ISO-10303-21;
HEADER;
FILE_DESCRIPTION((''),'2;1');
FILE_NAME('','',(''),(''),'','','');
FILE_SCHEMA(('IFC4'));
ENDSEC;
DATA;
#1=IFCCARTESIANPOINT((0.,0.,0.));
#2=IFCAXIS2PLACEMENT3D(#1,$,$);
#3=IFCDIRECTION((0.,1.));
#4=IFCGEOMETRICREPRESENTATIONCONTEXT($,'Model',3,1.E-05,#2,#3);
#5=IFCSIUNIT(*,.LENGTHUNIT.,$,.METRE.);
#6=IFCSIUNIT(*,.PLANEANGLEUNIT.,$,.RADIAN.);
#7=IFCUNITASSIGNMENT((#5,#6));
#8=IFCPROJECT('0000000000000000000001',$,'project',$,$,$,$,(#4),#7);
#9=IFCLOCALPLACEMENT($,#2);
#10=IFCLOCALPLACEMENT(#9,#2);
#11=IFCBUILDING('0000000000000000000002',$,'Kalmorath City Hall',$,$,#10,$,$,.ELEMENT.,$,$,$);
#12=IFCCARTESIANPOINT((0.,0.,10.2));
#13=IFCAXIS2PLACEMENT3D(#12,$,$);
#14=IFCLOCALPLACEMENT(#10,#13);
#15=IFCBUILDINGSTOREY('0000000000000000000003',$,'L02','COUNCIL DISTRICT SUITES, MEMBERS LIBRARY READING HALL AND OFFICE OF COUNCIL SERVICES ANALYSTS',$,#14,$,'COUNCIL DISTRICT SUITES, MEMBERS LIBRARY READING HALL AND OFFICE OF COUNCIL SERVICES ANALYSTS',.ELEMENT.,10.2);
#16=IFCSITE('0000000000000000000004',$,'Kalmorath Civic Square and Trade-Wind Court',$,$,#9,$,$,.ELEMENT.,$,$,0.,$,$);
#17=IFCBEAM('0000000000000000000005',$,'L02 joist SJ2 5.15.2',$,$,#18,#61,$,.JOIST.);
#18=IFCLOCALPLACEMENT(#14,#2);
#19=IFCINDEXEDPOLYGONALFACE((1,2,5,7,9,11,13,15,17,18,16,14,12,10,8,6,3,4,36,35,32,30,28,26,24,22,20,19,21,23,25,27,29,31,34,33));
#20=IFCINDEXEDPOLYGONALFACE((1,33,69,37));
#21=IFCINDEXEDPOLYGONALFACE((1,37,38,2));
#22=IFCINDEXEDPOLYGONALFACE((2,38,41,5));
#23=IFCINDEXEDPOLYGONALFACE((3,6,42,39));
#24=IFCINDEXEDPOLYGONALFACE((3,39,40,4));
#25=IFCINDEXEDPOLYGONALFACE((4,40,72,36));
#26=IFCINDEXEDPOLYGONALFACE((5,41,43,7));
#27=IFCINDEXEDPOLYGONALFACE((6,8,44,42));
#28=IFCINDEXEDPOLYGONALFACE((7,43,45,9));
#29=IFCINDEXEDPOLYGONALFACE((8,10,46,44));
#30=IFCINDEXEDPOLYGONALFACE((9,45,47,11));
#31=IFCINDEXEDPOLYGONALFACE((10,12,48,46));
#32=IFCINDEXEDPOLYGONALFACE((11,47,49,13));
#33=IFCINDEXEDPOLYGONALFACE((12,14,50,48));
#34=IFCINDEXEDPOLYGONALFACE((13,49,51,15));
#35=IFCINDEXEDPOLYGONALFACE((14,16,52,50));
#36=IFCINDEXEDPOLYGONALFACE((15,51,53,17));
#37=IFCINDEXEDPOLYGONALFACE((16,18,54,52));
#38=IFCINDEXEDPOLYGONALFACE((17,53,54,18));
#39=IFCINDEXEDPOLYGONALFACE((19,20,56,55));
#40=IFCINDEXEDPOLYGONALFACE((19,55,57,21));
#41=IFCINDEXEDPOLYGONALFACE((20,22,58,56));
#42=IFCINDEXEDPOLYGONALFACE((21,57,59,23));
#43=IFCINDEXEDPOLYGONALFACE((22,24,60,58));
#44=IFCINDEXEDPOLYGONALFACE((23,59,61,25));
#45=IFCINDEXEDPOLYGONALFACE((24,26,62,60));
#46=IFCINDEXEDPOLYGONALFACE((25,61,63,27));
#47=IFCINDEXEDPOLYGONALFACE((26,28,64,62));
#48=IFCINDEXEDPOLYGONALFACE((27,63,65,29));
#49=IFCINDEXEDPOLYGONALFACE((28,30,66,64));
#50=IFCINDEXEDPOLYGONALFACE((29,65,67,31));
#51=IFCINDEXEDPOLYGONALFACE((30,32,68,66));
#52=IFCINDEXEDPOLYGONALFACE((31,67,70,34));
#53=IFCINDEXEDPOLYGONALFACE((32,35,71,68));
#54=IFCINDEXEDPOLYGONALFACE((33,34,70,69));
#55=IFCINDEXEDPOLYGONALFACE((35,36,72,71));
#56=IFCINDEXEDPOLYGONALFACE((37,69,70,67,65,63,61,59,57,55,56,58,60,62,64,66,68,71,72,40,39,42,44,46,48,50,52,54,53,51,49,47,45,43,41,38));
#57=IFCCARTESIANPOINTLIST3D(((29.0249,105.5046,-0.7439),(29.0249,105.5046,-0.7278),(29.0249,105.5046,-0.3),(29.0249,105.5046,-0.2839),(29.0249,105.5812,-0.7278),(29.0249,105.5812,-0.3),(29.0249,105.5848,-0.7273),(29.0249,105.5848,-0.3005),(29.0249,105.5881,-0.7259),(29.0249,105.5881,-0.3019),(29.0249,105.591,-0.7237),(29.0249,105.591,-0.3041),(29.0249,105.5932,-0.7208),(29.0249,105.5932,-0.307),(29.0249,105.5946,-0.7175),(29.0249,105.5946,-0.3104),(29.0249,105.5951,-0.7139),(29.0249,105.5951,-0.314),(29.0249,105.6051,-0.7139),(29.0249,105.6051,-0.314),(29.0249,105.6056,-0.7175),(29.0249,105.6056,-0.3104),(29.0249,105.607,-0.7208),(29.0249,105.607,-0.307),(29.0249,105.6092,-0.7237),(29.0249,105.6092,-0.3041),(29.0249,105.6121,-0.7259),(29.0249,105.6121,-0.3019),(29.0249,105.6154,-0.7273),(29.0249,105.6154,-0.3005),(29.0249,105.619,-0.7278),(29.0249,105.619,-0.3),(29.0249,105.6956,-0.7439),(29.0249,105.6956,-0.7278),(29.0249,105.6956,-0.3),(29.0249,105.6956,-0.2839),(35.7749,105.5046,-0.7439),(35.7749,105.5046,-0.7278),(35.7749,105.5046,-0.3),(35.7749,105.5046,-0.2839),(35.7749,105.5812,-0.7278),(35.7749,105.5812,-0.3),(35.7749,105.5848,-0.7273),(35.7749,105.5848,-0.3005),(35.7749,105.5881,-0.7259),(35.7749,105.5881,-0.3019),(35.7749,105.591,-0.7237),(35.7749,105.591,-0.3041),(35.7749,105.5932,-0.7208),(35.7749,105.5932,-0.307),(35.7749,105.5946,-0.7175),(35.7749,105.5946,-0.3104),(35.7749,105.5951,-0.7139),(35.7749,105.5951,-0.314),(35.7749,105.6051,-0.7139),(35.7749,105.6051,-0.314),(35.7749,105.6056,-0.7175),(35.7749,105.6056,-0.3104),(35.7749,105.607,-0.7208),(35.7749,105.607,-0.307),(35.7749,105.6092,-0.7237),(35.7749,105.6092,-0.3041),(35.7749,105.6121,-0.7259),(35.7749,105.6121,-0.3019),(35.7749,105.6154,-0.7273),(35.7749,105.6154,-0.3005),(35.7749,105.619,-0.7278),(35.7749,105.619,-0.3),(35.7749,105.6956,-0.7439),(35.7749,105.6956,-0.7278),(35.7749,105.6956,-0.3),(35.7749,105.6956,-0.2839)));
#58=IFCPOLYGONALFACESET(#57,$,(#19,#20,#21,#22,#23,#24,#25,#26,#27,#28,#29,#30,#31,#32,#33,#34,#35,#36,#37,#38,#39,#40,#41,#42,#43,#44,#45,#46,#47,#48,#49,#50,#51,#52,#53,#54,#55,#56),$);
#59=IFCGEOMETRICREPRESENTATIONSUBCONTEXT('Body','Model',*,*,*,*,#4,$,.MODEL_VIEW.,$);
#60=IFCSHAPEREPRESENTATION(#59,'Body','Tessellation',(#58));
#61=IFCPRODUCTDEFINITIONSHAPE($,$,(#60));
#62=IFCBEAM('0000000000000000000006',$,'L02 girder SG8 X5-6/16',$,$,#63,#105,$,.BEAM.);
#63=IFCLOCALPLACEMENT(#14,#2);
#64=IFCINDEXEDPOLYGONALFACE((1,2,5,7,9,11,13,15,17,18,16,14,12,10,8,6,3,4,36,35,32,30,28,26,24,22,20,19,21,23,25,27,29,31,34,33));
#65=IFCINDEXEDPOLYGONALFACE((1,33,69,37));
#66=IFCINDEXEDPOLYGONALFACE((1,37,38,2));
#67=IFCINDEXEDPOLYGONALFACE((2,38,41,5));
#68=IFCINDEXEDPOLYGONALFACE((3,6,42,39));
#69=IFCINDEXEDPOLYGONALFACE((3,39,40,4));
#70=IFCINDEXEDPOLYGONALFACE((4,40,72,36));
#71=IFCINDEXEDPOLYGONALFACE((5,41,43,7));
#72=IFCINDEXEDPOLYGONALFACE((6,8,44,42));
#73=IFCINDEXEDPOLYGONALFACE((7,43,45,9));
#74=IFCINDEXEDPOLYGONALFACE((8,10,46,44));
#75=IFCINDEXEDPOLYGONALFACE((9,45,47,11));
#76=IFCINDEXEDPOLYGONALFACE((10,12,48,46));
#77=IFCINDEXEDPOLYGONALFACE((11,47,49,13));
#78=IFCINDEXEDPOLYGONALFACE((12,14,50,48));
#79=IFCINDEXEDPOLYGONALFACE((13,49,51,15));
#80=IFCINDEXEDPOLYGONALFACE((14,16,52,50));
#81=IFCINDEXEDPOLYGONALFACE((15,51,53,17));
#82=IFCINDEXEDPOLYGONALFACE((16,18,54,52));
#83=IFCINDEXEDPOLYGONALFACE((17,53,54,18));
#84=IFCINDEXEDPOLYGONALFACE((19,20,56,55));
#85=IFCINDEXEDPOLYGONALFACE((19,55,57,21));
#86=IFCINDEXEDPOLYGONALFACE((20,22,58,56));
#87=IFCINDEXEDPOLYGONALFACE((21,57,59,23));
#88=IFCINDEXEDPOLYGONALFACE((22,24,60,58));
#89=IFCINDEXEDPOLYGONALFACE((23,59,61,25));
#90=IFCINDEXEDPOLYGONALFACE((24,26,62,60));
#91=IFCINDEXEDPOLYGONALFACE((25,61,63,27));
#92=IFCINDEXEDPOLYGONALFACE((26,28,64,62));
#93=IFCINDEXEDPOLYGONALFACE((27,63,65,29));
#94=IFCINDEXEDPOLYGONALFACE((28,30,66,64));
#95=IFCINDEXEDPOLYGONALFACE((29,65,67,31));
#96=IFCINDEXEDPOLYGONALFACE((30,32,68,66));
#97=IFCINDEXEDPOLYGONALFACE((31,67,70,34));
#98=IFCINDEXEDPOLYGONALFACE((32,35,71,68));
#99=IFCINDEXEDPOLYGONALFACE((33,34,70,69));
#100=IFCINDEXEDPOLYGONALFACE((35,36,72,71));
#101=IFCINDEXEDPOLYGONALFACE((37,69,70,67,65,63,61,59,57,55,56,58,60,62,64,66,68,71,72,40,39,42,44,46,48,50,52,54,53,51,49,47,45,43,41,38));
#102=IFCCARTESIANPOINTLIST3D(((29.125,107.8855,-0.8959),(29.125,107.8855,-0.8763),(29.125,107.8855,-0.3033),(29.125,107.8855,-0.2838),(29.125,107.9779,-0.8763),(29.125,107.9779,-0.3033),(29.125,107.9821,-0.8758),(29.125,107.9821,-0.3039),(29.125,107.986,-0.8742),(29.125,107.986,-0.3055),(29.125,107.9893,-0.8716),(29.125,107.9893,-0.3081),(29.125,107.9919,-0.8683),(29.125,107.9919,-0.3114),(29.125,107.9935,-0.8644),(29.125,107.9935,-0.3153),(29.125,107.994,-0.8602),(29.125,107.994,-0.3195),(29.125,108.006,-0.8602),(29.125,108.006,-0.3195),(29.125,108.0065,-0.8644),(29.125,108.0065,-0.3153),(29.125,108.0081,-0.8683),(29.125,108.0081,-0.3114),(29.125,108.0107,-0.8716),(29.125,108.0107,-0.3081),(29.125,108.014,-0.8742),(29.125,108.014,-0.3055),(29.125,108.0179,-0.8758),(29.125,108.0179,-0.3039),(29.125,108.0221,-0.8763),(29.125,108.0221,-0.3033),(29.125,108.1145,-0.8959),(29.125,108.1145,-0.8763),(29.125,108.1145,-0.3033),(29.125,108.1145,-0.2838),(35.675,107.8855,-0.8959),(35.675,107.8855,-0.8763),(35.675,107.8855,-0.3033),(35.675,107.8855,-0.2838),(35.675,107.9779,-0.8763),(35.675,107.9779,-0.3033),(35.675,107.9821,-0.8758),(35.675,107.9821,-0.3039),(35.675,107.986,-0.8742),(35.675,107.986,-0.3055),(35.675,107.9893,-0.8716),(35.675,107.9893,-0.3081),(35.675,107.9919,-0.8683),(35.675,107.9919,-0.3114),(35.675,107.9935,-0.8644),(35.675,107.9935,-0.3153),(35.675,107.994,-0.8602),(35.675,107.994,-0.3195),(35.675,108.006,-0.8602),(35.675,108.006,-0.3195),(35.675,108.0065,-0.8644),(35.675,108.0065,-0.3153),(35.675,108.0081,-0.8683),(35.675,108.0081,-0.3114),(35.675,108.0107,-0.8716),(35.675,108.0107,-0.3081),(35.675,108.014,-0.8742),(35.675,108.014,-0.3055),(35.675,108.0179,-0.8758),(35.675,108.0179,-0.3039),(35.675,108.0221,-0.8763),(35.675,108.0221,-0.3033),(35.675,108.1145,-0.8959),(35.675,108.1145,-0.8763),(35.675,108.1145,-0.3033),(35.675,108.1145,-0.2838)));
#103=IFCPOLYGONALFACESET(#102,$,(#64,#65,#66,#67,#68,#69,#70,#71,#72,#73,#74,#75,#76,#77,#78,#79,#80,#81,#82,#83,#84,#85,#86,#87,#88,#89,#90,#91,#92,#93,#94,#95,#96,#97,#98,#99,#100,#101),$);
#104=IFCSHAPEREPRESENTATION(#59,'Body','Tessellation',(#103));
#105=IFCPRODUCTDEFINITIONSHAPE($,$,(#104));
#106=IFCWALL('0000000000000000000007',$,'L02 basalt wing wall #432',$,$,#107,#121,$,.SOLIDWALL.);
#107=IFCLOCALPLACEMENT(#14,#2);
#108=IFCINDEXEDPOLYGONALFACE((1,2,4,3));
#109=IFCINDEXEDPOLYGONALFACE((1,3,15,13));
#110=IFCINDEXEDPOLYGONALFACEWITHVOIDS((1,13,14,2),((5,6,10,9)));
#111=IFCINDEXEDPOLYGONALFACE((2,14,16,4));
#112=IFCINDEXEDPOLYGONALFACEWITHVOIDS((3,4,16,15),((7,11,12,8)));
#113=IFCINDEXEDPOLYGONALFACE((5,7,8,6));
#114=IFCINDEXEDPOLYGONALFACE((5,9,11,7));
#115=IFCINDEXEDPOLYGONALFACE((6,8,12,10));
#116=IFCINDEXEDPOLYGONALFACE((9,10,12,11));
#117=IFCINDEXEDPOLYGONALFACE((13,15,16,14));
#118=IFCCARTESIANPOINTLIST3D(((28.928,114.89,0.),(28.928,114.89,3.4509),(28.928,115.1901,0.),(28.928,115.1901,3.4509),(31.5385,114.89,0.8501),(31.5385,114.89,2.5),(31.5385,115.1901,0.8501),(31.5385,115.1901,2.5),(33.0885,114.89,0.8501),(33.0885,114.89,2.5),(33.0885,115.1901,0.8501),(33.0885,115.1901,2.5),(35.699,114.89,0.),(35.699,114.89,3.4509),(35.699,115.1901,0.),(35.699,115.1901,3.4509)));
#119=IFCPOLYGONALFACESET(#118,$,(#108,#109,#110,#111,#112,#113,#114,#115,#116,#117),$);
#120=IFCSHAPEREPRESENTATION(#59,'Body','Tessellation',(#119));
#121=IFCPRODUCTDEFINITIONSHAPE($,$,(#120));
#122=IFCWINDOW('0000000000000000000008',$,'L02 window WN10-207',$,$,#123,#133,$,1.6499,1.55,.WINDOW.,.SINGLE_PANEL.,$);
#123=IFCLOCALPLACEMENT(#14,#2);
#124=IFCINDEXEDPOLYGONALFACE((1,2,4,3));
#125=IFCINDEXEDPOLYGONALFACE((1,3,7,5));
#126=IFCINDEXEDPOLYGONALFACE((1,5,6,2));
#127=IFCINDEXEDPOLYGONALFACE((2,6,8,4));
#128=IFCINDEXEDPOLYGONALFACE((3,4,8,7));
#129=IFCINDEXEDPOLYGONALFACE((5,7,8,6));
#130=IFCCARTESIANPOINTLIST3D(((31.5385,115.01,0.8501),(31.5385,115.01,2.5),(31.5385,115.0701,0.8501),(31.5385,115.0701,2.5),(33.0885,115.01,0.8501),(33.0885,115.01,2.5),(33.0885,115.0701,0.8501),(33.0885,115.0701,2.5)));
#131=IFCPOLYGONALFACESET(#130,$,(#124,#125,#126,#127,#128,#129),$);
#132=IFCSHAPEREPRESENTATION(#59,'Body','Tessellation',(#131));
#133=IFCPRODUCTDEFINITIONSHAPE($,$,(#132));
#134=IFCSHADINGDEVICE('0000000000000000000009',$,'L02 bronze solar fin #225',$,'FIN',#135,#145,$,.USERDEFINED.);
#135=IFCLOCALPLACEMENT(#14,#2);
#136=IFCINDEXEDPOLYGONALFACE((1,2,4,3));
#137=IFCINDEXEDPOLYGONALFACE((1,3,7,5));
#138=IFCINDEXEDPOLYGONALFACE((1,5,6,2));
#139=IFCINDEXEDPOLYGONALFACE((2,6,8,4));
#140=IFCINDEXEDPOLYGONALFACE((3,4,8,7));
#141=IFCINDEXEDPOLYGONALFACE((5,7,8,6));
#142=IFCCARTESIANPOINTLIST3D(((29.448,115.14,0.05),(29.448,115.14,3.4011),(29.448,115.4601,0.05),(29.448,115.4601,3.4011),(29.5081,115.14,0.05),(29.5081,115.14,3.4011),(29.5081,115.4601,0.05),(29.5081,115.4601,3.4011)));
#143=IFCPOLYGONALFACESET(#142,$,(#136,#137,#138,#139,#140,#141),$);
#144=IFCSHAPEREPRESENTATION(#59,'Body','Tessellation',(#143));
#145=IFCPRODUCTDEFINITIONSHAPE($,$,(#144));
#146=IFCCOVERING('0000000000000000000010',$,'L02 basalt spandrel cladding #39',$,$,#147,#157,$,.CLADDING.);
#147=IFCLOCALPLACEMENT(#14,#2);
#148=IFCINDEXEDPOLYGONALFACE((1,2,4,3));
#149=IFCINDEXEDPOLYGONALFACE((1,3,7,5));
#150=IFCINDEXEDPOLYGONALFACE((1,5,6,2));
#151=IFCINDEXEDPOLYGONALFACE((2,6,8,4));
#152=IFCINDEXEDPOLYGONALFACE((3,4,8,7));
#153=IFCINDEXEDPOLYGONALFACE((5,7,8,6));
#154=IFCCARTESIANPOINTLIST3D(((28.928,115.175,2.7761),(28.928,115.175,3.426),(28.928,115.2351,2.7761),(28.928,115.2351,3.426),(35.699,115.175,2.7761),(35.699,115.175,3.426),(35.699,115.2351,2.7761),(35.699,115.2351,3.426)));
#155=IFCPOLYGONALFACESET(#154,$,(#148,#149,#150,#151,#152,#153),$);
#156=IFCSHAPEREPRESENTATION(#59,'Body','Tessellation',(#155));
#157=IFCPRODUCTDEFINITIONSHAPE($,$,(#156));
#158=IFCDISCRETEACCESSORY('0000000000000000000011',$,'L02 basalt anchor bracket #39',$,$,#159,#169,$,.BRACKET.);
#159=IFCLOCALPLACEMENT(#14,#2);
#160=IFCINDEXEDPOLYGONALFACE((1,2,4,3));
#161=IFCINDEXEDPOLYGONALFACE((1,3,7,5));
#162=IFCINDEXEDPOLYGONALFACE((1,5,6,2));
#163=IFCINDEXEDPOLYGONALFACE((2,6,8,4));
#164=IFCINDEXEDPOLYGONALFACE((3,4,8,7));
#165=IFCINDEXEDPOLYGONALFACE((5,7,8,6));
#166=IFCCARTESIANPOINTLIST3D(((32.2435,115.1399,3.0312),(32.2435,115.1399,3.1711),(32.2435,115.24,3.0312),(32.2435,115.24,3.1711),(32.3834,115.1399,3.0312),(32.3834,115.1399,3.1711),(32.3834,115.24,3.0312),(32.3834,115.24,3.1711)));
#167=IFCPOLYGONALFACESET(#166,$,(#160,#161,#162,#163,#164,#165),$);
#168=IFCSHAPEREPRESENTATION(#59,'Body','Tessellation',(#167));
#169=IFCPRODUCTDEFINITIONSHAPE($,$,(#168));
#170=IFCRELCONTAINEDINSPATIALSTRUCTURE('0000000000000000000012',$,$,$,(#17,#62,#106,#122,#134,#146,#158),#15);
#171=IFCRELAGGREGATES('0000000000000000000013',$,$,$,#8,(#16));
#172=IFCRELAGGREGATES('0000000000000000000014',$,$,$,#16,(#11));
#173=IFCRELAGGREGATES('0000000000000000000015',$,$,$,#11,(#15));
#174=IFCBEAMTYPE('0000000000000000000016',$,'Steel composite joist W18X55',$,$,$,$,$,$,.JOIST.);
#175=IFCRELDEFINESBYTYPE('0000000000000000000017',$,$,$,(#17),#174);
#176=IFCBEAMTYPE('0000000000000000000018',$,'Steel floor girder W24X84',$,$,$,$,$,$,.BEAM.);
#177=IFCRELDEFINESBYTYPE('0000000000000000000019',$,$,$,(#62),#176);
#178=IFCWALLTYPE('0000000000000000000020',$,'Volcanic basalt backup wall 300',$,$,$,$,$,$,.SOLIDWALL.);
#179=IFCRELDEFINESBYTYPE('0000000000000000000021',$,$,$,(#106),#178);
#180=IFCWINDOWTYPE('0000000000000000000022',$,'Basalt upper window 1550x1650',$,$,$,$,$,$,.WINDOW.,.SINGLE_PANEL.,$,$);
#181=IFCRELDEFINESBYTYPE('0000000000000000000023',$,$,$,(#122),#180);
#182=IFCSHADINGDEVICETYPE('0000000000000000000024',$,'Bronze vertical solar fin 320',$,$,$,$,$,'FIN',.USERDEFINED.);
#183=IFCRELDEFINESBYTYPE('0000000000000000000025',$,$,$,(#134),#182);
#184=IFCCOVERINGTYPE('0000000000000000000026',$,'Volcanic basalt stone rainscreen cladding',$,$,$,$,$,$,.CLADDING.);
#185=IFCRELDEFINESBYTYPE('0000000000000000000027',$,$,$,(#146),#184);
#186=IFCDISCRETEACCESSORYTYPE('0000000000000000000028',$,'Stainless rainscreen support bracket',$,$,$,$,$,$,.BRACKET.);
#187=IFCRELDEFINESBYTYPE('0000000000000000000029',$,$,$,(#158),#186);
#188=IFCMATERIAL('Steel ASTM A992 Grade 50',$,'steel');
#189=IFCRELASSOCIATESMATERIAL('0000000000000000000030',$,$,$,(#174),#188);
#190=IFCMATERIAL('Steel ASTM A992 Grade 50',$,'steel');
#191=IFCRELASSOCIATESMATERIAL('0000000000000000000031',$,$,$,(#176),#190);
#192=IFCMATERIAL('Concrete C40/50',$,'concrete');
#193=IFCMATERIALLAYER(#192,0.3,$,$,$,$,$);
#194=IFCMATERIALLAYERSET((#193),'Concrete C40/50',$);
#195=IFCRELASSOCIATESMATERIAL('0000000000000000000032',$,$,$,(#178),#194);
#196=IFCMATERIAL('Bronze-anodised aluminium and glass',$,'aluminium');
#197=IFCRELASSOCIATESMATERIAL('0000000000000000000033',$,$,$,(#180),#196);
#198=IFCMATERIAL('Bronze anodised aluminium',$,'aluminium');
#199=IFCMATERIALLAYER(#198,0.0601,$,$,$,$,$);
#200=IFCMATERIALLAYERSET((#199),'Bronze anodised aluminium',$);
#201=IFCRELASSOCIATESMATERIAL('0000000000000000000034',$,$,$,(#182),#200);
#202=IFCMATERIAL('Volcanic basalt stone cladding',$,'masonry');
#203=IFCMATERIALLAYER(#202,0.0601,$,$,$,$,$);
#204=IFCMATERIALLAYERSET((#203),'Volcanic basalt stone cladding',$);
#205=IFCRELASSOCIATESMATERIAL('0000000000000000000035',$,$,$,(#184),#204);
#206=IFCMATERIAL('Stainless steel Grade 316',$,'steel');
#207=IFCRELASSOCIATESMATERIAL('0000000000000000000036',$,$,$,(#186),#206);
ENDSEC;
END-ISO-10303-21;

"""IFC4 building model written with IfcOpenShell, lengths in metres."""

from ifc_helpers import new_model, si_unit, direction, frame, frame_2d, origin, origin_2d, place, context, subcontext, project, spatial, rectangle, i_section, extrude, material, layer, layer_set, material_profile, profile_set, type_object, element, fill, save


model = new_model("IFC4")

# Units and contexts
model_context = context("Model", 3, precision=1e-05, world=origin(), true_north=direction((0.0, 1.0)))
body_context = subcontext(model_context, "Body", "Model", "MODEL_VIEW")
ifc_project = project(units=[si_unit("LENGTHUNIT", "METRE"), si_unit("PLANEANGLEUNIT", "RADIAN")], contexts=[model_context])

# Site, building, storey
site_placement = place(None, origin())
site = spatial("IfcSite", under=ifc_project, at=site_placement, Name="Kalmorath Civic Square and Trade-Wind Court", CompositionType="ELEMENT", RefElevation=0.0)
building_placement = place(site_placement, origin())
building = spatial("IfcBuilding", under=site, at=building_placement, Name="Kalmorath City Hall", CompositionType="ELEMENT")
storey_placement = place(building_placement, frame((0.0, 0.0, 10.2)))
storey = spatial("IfcBuildingStorey", under=building, at=storey_placement, Name="L02", Description="COUNCIL DISTRICT SUITES, MEMBERS LIBRARY READING HALL AND OFFICE OF COUNCIL SERVICES ANALYSTS", LongName="COUNCIL DISTRICT SUITES, MEMBERS LIBRARY READING HALL AND OFFICE OF COUNCIL SERVICES ANALYSTS", CompositionType="ELEMENT", Elevation=10.2)

# Beams
ifc_material_1 = material(Name="Steel ASTM A992 Grade 50", Category="steel")
ifc_material_profile_1 = material_profile(ifc_material_1, i_section(OverallWidth=0.1909, OverallDepth=0.46, WebThickness=0.01, FlangeThickness=0.0161, FilletRadius=0.0139, at=origin_2d()), Name="W18X55")
ifc_profile_set_1 = profile_set([ifc_material_profile_1], Name="Steel ASTM A992 Grade 50")
beam_type_1 = type_object("IfcBeamType", Name="Steel composite joist W18X55", PredefinedType="JOIST", material=ifc_profile_set_1)
for number, where, z_axis, x_axis, name in (
    (1, (29.0249, 105.6001, -0.5139), (1.0, 0.0, 0.0), (0.0, 1.0, 0.0), "L02 joist SJ2 5.15.2"),
):
    element("IfcBeam", number, at=place(storey_placement, frame(where, z_axis=z_axis, x_axis=x_axis)), inside=storey, type_object=beam_type_1, Name=name, PredefinedType="JOIST", context=body_context, shape_type="SweptSolid", body=[
        extrude(i_section(OverallWidth=0.1909, OverallDepth=0.46, WebThickness=0.01, FlangeThickness=0.0161, FilletRadius=0.0139, at=origin_2d()), origin(), (0.0, 0.0, 1.0), 6.75),
    ])
ifc_material_2 = material(Name="Steel ASTM A992 Grade 50", Category="steel")
ifc_material_profile_2 = material_profile(ifc_material_2, i_section(OverallWidth=0.229, OverallDepth=0.6121, WebThickness=0.012, FlangeThickness=0.0195, FilletRadius=0.0161, at=origin_2d()), Name="W24X84")
ifc_profile_set_2 = profile_set([ifc_material_profile_2], Name="Steel ASTM A992 Grade 50")
beam_type_2 = type_object("IfcBeamType", Name="Steel floor girder W24X84", PredefinedType="BEAM", material=ifc_profile_set_2)
beam_1_placement = place(storey_placement, frame((29.125, 108.0, -0.5898), z_axis=(1.0, 0.0, 0.0), x_axis=(0.0, 1.0, 0.0)))
element("IfcBeam", 2, at=beam_1_placement, inside=storey, type_object=beam_type_2, Name="L02 girder SG8 X5-6/16", PredefinedType="BEAM", context=body_context, shape_type="SweptSolid", body=[
    extrude(i_section(OverallWidth=0.229, OverallDepth=0.6121, WebThickness=0.012, FlangeThickness=0.0195, FilletRadius=0.0161, at=origin_2d()), origin(), (0.0, 0.0, 1.0), 6.55),
])

# Wall, opening, window
ifc_material_3 = material(Name="Concrete C40/50", Category="concrete")
ifc_layer_1 = layer(ifc_material_3, 0.3)
ifc_layer_set_1 = layer_set([ifc_layer_1], Name="Concrete C40/50")
wall_type = type_object("IfcWallType", Name="Volcanic basalt backup wall 300", PredefinedType="SOLIDWALL", material=ifc_layer_set_1)
wall_placement = place(storey_placement, frame((28.928, 115.04, 0.0), z_axis=(0.0, 0.0, 1.0), x_axis=(1.0, 0.0, 0.0)))
wall = element("IfcWall", 3, at=wall_placement, inside=storey, type_object=wall_type, Name="L02 basalt wing wall #432", PredefinedType="SOLIDWALL", context=body_context, shape_type="SweptSolid", body=[
    extrude(rectangle(XDim=6.771, YDim=0.3, at=frame_2d((3.3855, 0.0))), origin(), (0.0, 0.0, 1.0), 3.4509),
])
opening_placement = place(wall_placement, frame((2.6106, 0.0, 0.8501)))
opening = element("IfcOpeningElement", 4, at=opening_placement, cuts=wall, PredefinedType="OPENING", context=body_context, shape_type="SweptSolid", body=[
    extrude(rectangle(XDim=1.55, YDim=1.6499, at=frame_2d((0.7749, 0.825))), frame((0.0, 0.1599, 0.0), z_axis=(0.0, -1.0, 0.0), x_axis=(1.0, 0.0, 0.0)), (0.0, 0.0, 1.0), 0.3201),
])
ifc_material_4 = material(Name="Bronze-anodised aluminium and glass", Category="aluminium")
window_type = type_object("IfcWindowType", Name="Basalt upper window 1550x1650", PartitioningType="SINGLE_PANEL", PredefinedType="WINDOW", material=ifc_material_4)
window_placement = place(opening_placement, origin())
window = element("IfcWindow", 5, at=window_placement, inside=storey, type_object=window_type, Name="L02 window WN10-207", OverallHeight=1.6499, OverallWidth=1.55, PartitioningType="SINGLE_PANEL", PredefinedType="WINDOW", context=body_context, shape_type="SweptSolid", body=[
    extrude(rectangle(XDim=1.55, YDim=1.6499, at=frame_2d((0.7749, 0.825))), frame((0.0, 0.03, 0.0), z_axis=(0.0, -1.0, 0.0), x_axis=(1.0, 0.0, 0.0)), (0.0, 0.0, 1.0), 0.0601),
])
fill(opening, window)

# Shading device
ifc_material_5 = material(Name="Bronze anodised aluminium", Category="aluminium")
ifc_layer_2 = layer(ifc_material_5, 0.0601)
ifc_layer_set_2 = layer_set([ifc_layer_2], Name="Bronze anodised aluminium")
shading_device_type = type_object("IfcShadingDeviceType", Name="Bronze vertical solar fin 320", ElementType="FIN", PredefinedType="USERDEFINED", material=ifc_layer_set_2)
shading_device_placement = place(storey_placement, frame((29.478, 115.3, 0.05), z_axis=(0.0, 0.0, 1.0), x_axis=(1.0, 0.0, 0.0)))
element("IfcShadingDevice", 6, at=shading_device_placement, inside=storey, type_object=shading_device_type, Name="L02 bronze solar fin #225", ObjectType="FIN", PredefinedType="USERDEFINED", context=body_context, shape_type="SweptSolid", body=[
    extrude(rectangle(XDim=0.0601, YDim=0.3201, at=origin_2d()), origin(), (0.0, 0.0, 1.0), 3.3511),
])

# Covering
ifc_material_6 = material(Name="Volcanic basalt stone cladding", Category="masonry")
ifc_layer_3 = layer(ifc_material_6, 0.0601)
ifc_layer_set_3 = layer_set([ifc_layer_3], Name="Volcanic basalt stone cladding")
covering_type = type_object("IfcCoveringType", Name="Volcanic basalt stone rainscreen cladding", PredefinedType="CLADDING", material=ifc_layer_set_3)
covering_placement = place(storey_placement, frame((32.3135, 115.2051, 2.7761), z_axis=(0.0, 0.0, 1.0), x_axis=(1.0, 0.0, 0.0)))
element("IfcCovering", 7, at=covering_placement, inside=storey, type_object=covering_type, Name="L02 basalt spandrel cladding #39", PredefinedType="CLADDING", context=body_context, shape_type="SweptSolid", body=[
    extrude(rectangle(XDim=6.771, YDim=0.0601, at=origin_2d()), origin(), (0.0, 0.0, 1.0), 0.6499),
])

# Discrete accessory
ifc_material_7 = material(Name="Stainless steel Grade 316", Category="steel")
discrete_accessory_type = type_object("IfcDiscreteAccessoryType", Name="Stainless rainscreen support bracket", PredefinedType="BRACKET", material=ifc_material_7)
discrete_accessory_placement = place(storey_placement, frame((32.3135, 115.1899, 3.0312), z_axis=(0.0, 0.0, 1.0), x_axis=(1.0, 0.0, 0.0)))
element("IfcDiscreteAccessory", 8, at=discrete_accessory_placement, inside=storey, type_object=discrete_accessory_type, Name="L02 basalt anchor bracket #39", PredefinedType="BRACKET", context=body_context, shape_type="SweptSolid", body=[
    extrude(rectangle(XDim=0.1399, YDim=0.1001, at=origin_2d()), origin(), (0.0, 0.0, 1.0), 0.1399),
])

save(model, "model.ifc")
